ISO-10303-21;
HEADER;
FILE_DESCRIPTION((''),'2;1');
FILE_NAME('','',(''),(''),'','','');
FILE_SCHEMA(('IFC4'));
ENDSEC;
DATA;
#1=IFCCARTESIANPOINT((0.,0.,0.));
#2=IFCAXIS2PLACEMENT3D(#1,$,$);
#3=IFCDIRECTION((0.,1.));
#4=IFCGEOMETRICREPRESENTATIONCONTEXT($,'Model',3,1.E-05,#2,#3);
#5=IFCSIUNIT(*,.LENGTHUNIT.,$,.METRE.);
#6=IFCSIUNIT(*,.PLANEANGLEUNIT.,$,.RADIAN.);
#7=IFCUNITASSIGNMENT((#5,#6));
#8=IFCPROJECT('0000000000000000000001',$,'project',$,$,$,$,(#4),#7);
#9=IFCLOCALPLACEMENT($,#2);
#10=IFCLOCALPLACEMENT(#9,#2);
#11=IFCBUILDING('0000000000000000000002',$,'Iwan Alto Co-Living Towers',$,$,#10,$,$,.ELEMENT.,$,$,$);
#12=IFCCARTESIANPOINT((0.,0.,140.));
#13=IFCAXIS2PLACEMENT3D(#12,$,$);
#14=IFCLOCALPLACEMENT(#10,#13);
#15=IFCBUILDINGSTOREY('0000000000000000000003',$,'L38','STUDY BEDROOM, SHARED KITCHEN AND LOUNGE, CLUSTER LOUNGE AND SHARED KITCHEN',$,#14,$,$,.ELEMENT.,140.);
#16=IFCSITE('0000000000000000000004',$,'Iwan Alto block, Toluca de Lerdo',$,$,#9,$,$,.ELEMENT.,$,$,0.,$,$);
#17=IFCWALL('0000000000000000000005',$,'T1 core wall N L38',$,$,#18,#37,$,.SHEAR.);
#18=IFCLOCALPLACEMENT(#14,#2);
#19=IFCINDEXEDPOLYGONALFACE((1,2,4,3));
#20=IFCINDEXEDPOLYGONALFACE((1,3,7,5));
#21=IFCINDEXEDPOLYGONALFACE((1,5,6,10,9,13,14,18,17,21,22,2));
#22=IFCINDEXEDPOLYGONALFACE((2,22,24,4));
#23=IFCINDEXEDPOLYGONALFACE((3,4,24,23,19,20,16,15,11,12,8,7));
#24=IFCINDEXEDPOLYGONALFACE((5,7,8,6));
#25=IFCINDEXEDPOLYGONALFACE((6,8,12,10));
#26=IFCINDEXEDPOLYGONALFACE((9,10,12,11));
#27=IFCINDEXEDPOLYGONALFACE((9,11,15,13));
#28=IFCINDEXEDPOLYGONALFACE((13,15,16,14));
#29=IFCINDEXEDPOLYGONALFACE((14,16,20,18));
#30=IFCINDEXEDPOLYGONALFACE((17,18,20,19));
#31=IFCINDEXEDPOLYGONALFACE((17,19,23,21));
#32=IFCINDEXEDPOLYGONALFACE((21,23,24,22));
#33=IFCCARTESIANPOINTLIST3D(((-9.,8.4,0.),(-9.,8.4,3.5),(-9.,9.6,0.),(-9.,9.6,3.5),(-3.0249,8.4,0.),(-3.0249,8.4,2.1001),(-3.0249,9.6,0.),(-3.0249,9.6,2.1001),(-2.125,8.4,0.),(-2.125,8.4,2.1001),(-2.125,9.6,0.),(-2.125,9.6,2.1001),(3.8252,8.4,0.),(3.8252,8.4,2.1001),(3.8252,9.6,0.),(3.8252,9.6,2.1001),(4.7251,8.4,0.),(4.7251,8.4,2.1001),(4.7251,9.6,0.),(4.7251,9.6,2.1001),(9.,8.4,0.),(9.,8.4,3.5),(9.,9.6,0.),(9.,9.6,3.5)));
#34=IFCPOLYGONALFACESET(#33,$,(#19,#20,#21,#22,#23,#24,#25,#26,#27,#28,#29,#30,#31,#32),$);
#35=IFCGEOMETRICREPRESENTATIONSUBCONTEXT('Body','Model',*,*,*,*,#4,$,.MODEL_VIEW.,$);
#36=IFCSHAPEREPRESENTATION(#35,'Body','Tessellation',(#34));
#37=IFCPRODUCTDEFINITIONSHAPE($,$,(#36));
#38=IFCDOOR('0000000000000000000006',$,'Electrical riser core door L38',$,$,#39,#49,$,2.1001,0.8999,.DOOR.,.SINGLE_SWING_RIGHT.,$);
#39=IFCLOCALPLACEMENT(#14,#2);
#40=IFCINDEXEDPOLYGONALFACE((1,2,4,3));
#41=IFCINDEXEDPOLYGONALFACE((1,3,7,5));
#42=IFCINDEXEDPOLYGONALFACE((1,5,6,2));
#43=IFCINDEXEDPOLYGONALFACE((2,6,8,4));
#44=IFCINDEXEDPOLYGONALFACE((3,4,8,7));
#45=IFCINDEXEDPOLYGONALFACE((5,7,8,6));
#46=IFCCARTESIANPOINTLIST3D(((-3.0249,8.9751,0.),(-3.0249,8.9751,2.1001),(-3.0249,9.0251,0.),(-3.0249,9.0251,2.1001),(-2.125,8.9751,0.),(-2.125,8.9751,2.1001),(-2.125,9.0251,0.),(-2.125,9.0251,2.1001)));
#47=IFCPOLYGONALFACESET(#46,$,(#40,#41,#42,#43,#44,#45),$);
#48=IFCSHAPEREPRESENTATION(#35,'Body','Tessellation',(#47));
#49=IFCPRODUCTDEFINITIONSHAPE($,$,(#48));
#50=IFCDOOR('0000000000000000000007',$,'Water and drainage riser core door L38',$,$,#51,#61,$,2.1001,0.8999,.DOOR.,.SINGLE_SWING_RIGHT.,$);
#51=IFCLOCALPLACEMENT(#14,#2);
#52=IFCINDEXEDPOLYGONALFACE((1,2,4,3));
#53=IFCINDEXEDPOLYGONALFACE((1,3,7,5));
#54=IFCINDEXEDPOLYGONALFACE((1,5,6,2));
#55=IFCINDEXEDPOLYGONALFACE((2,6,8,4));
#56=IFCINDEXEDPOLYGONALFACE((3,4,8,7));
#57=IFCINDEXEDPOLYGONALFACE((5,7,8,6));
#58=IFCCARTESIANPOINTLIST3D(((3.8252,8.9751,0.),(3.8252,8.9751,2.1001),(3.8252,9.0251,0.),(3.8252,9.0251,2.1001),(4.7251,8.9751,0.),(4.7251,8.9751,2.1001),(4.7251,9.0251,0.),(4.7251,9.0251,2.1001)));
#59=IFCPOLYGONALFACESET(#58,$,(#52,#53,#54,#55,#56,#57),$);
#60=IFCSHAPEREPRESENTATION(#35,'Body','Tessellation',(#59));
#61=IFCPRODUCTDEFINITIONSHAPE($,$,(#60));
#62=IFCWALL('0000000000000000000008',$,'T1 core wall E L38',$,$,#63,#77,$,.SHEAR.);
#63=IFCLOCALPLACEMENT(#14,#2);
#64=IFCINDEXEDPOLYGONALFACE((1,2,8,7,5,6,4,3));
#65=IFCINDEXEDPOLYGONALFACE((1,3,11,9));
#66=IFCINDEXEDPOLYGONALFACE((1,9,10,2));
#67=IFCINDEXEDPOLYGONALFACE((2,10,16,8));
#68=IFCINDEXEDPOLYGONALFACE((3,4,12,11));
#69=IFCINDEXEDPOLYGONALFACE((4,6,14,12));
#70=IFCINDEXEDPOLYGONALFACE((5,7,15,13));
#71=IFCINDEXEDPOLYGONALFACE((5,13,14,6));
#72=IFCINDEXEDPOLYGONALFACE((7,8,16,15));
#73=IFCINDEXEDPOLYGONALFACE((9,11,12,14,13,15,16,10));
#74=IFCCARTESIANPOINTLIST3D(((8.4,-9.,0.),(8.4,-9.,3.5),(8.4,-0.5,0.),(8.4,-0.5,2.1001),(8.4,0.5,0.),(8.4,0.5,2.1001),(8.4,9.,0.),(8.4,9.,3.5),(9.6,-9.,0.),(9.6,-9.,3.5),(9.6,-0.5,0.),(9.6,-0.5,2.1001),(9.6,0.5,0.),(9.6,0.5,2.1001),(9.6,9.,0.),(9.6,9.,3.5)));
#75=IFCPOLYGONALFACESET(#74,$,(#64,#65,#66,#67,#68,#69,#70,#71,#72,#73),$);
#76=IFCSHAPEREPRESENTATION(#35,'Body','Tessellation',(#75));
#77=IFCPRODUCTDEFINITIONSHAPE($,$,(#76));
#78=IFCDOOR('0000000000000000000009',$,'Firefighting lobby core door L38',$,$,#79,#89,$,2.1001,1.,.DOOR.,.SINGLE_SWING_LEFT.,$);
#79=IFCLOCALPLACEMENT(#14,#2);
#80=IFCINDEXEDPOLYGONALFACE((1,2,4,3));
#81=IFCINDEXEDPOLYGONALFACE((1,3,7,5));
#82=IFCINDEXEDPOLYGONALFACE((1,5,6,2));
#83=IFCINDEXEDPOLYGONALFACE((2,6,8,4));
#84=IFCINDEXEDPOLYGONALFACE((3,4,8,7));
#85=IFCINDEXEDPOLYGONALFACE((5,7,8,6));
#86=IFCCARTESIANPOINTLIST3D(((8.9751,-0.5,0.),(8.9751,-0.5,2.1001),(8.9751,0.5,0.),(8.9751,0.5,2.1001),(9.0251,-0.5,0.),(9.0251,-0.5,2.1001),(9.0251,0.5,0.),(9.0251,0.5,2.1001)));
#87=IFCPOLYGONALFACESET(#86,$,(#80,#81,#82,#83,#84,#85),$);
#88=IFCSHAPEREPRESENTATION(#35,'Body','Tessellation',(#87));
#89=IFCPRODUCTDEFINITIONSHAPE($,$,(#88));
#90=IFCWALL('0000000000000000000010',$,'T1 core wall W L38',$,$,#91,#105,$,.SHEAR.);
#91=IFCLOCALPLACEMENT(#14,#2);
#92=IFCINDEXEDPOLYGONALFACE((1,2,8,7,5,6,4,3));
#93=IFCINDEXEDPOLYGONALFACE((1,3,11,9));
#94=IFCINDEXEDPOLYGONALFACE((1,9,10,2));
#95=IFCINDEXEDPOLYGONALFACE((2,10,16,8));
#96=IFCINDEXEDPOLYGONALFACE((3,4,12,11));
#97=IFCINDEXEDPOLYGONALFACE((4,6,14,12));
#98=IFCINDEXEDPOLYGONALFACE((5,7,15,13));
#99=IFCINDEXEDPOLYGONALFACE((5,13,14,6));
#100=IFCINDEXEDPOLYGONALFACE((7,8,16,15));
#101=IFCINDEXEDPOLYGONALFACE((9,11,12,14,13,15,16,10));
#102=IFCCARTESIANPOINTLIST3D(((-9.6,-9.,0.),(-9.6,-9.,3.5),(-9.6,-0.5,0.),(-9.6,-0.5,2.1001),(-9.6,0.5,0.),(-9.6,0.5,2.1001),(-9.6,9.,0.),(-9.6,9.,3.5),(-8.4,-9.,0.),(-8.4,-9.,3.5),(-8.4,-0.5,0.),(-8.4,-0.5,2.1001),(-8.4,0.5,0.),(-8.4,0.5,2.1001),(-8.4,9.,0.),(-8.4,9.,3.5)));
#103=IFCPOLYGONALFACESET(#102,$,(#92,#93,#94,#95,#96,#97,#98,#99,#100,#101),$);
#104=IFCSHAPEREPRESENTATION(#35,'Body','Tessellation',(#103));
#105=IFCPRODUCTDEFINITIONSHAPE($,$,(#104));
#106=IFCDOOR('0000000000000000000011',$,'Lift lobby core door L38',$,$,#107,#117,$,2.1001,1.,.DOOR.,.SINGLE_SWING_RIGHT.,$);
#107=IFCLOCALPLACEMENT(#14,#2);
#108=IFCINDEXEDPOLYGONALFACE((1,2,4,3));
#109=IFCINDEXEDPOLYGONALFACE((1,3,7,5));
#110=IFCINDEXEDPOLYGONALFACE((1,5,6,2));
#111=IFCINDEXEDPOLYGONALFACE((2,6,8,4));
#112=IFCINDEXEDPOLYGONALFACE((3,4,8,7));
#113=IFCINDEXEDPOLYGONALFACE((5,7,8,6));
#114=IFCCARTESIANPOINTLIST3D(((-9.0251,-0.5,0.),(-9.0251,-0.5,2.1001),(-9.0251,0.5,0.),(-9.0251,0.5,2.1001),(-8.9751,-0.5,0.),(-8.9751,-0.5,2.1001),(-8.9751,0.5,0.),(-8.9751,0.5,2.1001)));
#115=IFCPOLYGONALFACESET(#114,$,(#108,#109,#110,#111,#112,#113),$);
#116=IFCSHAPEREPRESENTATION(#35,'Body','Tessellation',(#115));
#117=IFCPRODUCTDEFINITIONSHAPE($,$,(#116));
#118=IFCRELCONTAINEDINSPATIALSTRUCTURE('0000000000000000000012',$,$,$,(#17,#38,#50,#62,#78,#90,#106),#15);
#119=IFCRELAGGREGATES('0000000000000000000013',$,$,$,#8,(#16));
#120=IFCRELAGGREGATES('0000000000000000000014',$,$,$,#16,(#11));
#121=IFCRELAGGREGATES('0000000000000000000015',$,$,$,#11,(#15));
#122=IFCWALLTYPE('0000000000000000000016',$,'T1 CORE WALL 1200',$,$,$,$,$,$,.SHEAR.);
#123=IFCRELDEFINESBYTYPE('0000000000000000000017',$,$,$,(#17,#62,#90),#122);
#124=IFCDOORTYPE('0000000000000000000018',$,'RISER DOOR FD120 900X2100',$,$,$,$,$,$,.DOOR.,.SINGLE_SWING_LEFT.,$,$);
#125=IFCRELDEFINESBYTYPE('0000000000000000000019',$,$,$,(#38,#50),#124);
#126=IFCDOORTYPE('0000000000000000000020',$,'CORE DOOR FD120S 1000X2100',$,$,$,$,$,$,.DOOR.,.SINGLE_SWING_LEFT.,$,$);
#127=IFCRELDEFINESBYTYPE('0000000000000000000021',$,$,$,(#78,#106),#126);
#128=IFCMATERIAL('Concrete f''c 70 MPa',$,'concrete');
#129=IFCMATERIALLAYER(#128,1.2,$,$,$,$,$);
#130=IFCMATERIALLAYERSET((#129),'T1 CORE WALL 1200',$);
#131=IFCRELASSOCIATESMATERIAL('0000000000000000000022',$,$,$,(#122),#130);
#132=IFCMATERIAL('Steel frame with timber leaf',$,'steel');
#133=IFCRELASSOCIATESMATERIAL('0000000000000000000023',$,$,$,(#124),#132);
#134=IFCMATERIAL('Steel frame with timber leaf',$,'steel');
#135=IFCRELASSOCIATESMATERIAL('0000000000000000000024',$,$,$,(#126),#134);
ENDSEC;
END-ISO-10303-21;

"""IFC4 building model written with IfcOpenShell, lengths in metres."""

from ifc_helpers import new_model, si_unit, direction, frame, frame_2d, origin, place, context, subcontext, project, spatial, rectangle, extrude, material, layer, layer_set, type_object, element, fill, save


model = new_model("IFC4")

# Units and contexts
model_context = context("Model", 3, precision=1e-05, world=origin(), true_north=direction((0.0, 1.0)))
body_context = subcontext(model_context, "Body", "Model", "MODEL_VIEW")
ifc_project = project(units=[si_unit("LENGTHUNIT", "METRE"), si_unit("PLANEANGLEUNIT", "RADIAN")], contexts=[model_context])

# Site, building, storey
site_placement = place(None, origin())
site = spatial("IfcSite", under=ifc_project, at=site_placement, Name="Iwan Alto block, Toluca de Lerdo", CompositionType="ELEMENT", RefElevation=0.0)
building_placement = place(site_placement, origin())
building = spatial("IfcBuilding", under=site, at=building_placement, Name="Iwan Alto Co-Living Towers", CompositionType="ELEMENT")
storey_placement = place(building_placement, frame((0.0, 0.0, 140.0)))
storey = spatial("IfcBuildingStorey", under=building, at=storey_placement, Name="L38", Description="STUDY BEDROOM, SHARED KITCHEN AND LOUNGE, CLUSTER LOUNGE AND SHARED KITCHEN", CompositionType="ELEMENT", Elevation=140.0)

# Wall, openings, doors
ifc_material_1 = material(Name="Concrete f'c 70 MPa", Category="concrete")
ifc_layer_1 = layer(ifc_material_1, 1.2)
ifc_layer_set_1 = layer_set([ifc_layer_1], Name="T1 CORE WALL 1200")
wall_type_1 = type_object("IfcWallType", Name="T1 CORE WALL 1200", PredefinedType="SHEAR", material=ifc_layer_set_1)
ifc_material_2 = material(Name="Steel frame with timber leaf", Category="steel")
door_type_1 = type_object("IfcDoorType", Name="RISER DOOR FD120 900X2100", OperationType="SINGLE_SWING_LEFT", PredefinedType="DOOR", material=ifc_material_2)
wall_1_placement = place(storey_placement, frame((9.0, 9.0, 0.0), z_axis=(0.0, 0.0, 1.0), x_axis=(-1.0, 0.0, 0.0)))
wall_1 = element("IfcWall", 1, at=wall_1_placement, inside=storey, type_object=wall_type_1, Name="T1 core wall N L38", PredefinedType="SHEAR", context=body_context, shape_type="SweptSolid", body=[
    extrude(rectangle(XDim=18.0, YDim=1.2, at=frame_2d((9.0, 0.0))), origin(), (0.0, 0.0, 1.0), 3.5),
])
opening_1_placement = place(wall_1_placement, frame((11.125, 0.0, 0.0)))
opening_1 = element("IfcOpeningElement", 2, at=opening_1_placement, cuts=wall_1, PredefinedType="OPENING", context=body_context, shape_type="SweptSolid", body=[
    extrude(rectangle(XDim=0.8999, YDim=2.1001, at=frame_2d((0.45, 1.05))), frame((0.0, 0.6099, 0.0), z_axis=(0.0, -1.0, 0.0), x_axis=(1.0, 0.0, 0.0)), (0.0, 0.0, 1.0), 1.22),
])
opening_2_placement = place(wall_1_placement, frame((4.2749, 0.0, 0.0)))
opening_2 = element("IfcOpeningElement", 3, at=opening_2_placement, cuts=wall_1, PredefinedType="OPENING", context=body_context, shape_type="SweptSolid", body=[
    extrude(rectangle(XDim=0.8999, YDim=2.1001, at=frame_2d((0.45, 1.05))), frame((0.0, 0.6099, 0.0), z_axis=(0.0, -1.0, 0.0), x_axis=(1.0, 0.0, 0.0)), (0.0, 0.0, 1.0), 1.22),
])
door_1_placement = place(opening_1_placement, origin())
door_1 = element("IfcDoor", 4, at=door_1_placement, inside=storey, type_object=door_type_1, Name="Electrical riser core door L38", OperationType="SINGLE_SWING_RIGHT", OverallHeight=2.1001, OverallWidth=0.8999, PredefinedType="DOOR", context=body_context, shape_type="SweptSolid", body=[
    extrude(rectangle(XDim=0.8999, YDim=2.1001, at=frame_2d((0.45, 1.05))), frame((0.0, 0.0249, 0.0), z_axis=(0.0, -1.0, 0.0), x_axis=(1.0, 0.0, 0.0)), (0.0, 0.0, 1.0), 0.05),
])
fill(opening_1, door_1)
door_2_placement = place(opening_2_placement, origin())
door_2 = element("IfcDoor", 5, at=door_2_placement, inside=storey, type_object=door_type_1, Name="Water and drainage riser core door L38", OperationType="SINGLE_SWING_RIGHT", OverallHeight=2.1001, OverallWidth=0.8999, PredefinedType="DOOR", context=body_context, shape_type="SweptSolid", body=[
    extrude(rectangle(XDim=0.8999, YDim=2.1001, at=frame_2d((0.45, 1.05))), frame((0.0, 0.0249, 0.0), z_axis=(0.0, -1.0, 0.0), x_axis=(1.0, 0.0, 0.0)), (0.0, 0.0, 1.0), 0.05),
])
fill(opening_2, door_2)

# Walls, openings, doors
wall_2_placement = place(storey_placement, frame((9.0, -9.0, 0.0), z_axis=(0.0, 0.0, 1.0), x_axis=(0.0, 1.0, 0.0)))
wall_2 = element("IfcWall", 6, at=wall_2_placement, inside=storey, type_object=wall_type_1, Name="T1 core wall E L38", PredefinedType="SHEAR", context=body_context, shape_type="SweptSolid", body=[
    extrude(rectangle(XDim=18.0, YDim=1.2, at=frame_2d((9.0, 0.0))), origin(), (0.0, 0.0, 1.0), 3.5),
])
opening_3_placement = place(wall_2_placement, frame((8.5, 0.0, 0.0)))
opening_3 = element("IfcOpeningElement", 7, at=opening_3_placement, cuts=wall_2, PredefinedType="OPENING", context=body_context, shape_type="SweptSolid", body=[
    extrude(rectangle(XDim=1.0, YDim=2.1001, at=frame_2d((0.5, 1.05))), frame((0.0, 0.6099, 0.0), z_axis=(0.0, -1.0, 0.0), x_axis=(1.0, 0.0, 0.0)), (0.0, 0.0, 1.0), 1.22),
])
ifc_material_3 = material(Name="Steel frame with timber leaf", Category="steel")
door_type_2 = type_object("IfcDoorType", Name="CORE DOOR FD120S 1000X2100", OperationType="SINGLE_SWING_LEFT", PredefinedType="DOOR", material=ifc_material_3)
door_3_placement = place(opening_3_placement, origin())
door_3 = element("IfcDoor", 8, at=door_3_placement, inside=storey, type_object=door_type_2, Name="Firefighting lobby core door L38", OperationType="SINGLE_SWING_LEFT", OverallHeight=2.1001, OverallWidth=1.0, PredefinedType="DOOR", context=body_context, shape_type="SweptSolid", body=[
    extrude(rectangle(XDim=1.0, YDim=2.1001, at=frame_2d((0.5, 1.05))), frame((0.0, 0.0249, 0.0), z_axis=(0.0, -1.0, 0.0), x_axis=(1.0, 0.0, 0.0)), (0.0, 0.0, 1.0), 0.05),
])
fill(opening_3, door_3)
wall_3_placement = place(storey_placement, frame((-9.0, 9.0, 0.0), z_axis=(0.0, 0.0, 1.0), x_axis=(0.0, -1.0, 0.0)))
wall_3 = element("IfcWall", 9, at=wall_3_placement, inside=storey, type_object=wall_type_1, Name="T1 core wall W L38", PredefinedType="SHEAR", context=body_context, shape_type="SweptSolid", body=[
    extrude(rectangle(XDim=18.0, YDim=1.2, at=frame_2d((9.0, 0.0))), origin(), (0.0, 0.0, 1.0), 3.5),
])
opening_4_placement = place(wall_3_placement, frame((8.5, 0.0, 0.0)))
opening_4 = element("IfcOpeningElement", 10, at=opening_4_placement, cuts=wall_3, PredefinedType="OPENING", context=body_context, shape_type="SweptSolid", body=[
    extrude(rectangle(XDim=1.0, YDim=2.1001, at=frame_2d((0.5, 1.05))), frame((0.0, 0.6099, 0.0), z_axis=(0.0, -1.0, 0.0), x_axis=(1.0, 0.0, 0.0)), (0.0, 0.0, 1.0), 1.22),
])
door_4_placement = place(opening_4_placement, origin())
door_4 = element("IfcDoor", 11, at=door_4_placement, inside=storey, type_object=door_type_2, Name="Lift lobby core door L38", OperationType="SINGLE_SWING_RIGHT", OverallHeight=2.1001, OverallWidth=1.0, PredefinedType="DOOR", context=body_context, shape_type="SweptSolid", body=[
    extrude(rectangle(XDim=1.0, YDim=2.1001, at=frame_2d((0.5, 1.05))), frame((0.0, 0.0249, 0.0), z_axis=(0.0, -1.0, 0.0), x_axis=(1.0, 0.0, 0.0)), (0.0, 0.0, 1.0), 0.05),
])
fill(opening_4, door_4)

save(model, "model.ifc")
